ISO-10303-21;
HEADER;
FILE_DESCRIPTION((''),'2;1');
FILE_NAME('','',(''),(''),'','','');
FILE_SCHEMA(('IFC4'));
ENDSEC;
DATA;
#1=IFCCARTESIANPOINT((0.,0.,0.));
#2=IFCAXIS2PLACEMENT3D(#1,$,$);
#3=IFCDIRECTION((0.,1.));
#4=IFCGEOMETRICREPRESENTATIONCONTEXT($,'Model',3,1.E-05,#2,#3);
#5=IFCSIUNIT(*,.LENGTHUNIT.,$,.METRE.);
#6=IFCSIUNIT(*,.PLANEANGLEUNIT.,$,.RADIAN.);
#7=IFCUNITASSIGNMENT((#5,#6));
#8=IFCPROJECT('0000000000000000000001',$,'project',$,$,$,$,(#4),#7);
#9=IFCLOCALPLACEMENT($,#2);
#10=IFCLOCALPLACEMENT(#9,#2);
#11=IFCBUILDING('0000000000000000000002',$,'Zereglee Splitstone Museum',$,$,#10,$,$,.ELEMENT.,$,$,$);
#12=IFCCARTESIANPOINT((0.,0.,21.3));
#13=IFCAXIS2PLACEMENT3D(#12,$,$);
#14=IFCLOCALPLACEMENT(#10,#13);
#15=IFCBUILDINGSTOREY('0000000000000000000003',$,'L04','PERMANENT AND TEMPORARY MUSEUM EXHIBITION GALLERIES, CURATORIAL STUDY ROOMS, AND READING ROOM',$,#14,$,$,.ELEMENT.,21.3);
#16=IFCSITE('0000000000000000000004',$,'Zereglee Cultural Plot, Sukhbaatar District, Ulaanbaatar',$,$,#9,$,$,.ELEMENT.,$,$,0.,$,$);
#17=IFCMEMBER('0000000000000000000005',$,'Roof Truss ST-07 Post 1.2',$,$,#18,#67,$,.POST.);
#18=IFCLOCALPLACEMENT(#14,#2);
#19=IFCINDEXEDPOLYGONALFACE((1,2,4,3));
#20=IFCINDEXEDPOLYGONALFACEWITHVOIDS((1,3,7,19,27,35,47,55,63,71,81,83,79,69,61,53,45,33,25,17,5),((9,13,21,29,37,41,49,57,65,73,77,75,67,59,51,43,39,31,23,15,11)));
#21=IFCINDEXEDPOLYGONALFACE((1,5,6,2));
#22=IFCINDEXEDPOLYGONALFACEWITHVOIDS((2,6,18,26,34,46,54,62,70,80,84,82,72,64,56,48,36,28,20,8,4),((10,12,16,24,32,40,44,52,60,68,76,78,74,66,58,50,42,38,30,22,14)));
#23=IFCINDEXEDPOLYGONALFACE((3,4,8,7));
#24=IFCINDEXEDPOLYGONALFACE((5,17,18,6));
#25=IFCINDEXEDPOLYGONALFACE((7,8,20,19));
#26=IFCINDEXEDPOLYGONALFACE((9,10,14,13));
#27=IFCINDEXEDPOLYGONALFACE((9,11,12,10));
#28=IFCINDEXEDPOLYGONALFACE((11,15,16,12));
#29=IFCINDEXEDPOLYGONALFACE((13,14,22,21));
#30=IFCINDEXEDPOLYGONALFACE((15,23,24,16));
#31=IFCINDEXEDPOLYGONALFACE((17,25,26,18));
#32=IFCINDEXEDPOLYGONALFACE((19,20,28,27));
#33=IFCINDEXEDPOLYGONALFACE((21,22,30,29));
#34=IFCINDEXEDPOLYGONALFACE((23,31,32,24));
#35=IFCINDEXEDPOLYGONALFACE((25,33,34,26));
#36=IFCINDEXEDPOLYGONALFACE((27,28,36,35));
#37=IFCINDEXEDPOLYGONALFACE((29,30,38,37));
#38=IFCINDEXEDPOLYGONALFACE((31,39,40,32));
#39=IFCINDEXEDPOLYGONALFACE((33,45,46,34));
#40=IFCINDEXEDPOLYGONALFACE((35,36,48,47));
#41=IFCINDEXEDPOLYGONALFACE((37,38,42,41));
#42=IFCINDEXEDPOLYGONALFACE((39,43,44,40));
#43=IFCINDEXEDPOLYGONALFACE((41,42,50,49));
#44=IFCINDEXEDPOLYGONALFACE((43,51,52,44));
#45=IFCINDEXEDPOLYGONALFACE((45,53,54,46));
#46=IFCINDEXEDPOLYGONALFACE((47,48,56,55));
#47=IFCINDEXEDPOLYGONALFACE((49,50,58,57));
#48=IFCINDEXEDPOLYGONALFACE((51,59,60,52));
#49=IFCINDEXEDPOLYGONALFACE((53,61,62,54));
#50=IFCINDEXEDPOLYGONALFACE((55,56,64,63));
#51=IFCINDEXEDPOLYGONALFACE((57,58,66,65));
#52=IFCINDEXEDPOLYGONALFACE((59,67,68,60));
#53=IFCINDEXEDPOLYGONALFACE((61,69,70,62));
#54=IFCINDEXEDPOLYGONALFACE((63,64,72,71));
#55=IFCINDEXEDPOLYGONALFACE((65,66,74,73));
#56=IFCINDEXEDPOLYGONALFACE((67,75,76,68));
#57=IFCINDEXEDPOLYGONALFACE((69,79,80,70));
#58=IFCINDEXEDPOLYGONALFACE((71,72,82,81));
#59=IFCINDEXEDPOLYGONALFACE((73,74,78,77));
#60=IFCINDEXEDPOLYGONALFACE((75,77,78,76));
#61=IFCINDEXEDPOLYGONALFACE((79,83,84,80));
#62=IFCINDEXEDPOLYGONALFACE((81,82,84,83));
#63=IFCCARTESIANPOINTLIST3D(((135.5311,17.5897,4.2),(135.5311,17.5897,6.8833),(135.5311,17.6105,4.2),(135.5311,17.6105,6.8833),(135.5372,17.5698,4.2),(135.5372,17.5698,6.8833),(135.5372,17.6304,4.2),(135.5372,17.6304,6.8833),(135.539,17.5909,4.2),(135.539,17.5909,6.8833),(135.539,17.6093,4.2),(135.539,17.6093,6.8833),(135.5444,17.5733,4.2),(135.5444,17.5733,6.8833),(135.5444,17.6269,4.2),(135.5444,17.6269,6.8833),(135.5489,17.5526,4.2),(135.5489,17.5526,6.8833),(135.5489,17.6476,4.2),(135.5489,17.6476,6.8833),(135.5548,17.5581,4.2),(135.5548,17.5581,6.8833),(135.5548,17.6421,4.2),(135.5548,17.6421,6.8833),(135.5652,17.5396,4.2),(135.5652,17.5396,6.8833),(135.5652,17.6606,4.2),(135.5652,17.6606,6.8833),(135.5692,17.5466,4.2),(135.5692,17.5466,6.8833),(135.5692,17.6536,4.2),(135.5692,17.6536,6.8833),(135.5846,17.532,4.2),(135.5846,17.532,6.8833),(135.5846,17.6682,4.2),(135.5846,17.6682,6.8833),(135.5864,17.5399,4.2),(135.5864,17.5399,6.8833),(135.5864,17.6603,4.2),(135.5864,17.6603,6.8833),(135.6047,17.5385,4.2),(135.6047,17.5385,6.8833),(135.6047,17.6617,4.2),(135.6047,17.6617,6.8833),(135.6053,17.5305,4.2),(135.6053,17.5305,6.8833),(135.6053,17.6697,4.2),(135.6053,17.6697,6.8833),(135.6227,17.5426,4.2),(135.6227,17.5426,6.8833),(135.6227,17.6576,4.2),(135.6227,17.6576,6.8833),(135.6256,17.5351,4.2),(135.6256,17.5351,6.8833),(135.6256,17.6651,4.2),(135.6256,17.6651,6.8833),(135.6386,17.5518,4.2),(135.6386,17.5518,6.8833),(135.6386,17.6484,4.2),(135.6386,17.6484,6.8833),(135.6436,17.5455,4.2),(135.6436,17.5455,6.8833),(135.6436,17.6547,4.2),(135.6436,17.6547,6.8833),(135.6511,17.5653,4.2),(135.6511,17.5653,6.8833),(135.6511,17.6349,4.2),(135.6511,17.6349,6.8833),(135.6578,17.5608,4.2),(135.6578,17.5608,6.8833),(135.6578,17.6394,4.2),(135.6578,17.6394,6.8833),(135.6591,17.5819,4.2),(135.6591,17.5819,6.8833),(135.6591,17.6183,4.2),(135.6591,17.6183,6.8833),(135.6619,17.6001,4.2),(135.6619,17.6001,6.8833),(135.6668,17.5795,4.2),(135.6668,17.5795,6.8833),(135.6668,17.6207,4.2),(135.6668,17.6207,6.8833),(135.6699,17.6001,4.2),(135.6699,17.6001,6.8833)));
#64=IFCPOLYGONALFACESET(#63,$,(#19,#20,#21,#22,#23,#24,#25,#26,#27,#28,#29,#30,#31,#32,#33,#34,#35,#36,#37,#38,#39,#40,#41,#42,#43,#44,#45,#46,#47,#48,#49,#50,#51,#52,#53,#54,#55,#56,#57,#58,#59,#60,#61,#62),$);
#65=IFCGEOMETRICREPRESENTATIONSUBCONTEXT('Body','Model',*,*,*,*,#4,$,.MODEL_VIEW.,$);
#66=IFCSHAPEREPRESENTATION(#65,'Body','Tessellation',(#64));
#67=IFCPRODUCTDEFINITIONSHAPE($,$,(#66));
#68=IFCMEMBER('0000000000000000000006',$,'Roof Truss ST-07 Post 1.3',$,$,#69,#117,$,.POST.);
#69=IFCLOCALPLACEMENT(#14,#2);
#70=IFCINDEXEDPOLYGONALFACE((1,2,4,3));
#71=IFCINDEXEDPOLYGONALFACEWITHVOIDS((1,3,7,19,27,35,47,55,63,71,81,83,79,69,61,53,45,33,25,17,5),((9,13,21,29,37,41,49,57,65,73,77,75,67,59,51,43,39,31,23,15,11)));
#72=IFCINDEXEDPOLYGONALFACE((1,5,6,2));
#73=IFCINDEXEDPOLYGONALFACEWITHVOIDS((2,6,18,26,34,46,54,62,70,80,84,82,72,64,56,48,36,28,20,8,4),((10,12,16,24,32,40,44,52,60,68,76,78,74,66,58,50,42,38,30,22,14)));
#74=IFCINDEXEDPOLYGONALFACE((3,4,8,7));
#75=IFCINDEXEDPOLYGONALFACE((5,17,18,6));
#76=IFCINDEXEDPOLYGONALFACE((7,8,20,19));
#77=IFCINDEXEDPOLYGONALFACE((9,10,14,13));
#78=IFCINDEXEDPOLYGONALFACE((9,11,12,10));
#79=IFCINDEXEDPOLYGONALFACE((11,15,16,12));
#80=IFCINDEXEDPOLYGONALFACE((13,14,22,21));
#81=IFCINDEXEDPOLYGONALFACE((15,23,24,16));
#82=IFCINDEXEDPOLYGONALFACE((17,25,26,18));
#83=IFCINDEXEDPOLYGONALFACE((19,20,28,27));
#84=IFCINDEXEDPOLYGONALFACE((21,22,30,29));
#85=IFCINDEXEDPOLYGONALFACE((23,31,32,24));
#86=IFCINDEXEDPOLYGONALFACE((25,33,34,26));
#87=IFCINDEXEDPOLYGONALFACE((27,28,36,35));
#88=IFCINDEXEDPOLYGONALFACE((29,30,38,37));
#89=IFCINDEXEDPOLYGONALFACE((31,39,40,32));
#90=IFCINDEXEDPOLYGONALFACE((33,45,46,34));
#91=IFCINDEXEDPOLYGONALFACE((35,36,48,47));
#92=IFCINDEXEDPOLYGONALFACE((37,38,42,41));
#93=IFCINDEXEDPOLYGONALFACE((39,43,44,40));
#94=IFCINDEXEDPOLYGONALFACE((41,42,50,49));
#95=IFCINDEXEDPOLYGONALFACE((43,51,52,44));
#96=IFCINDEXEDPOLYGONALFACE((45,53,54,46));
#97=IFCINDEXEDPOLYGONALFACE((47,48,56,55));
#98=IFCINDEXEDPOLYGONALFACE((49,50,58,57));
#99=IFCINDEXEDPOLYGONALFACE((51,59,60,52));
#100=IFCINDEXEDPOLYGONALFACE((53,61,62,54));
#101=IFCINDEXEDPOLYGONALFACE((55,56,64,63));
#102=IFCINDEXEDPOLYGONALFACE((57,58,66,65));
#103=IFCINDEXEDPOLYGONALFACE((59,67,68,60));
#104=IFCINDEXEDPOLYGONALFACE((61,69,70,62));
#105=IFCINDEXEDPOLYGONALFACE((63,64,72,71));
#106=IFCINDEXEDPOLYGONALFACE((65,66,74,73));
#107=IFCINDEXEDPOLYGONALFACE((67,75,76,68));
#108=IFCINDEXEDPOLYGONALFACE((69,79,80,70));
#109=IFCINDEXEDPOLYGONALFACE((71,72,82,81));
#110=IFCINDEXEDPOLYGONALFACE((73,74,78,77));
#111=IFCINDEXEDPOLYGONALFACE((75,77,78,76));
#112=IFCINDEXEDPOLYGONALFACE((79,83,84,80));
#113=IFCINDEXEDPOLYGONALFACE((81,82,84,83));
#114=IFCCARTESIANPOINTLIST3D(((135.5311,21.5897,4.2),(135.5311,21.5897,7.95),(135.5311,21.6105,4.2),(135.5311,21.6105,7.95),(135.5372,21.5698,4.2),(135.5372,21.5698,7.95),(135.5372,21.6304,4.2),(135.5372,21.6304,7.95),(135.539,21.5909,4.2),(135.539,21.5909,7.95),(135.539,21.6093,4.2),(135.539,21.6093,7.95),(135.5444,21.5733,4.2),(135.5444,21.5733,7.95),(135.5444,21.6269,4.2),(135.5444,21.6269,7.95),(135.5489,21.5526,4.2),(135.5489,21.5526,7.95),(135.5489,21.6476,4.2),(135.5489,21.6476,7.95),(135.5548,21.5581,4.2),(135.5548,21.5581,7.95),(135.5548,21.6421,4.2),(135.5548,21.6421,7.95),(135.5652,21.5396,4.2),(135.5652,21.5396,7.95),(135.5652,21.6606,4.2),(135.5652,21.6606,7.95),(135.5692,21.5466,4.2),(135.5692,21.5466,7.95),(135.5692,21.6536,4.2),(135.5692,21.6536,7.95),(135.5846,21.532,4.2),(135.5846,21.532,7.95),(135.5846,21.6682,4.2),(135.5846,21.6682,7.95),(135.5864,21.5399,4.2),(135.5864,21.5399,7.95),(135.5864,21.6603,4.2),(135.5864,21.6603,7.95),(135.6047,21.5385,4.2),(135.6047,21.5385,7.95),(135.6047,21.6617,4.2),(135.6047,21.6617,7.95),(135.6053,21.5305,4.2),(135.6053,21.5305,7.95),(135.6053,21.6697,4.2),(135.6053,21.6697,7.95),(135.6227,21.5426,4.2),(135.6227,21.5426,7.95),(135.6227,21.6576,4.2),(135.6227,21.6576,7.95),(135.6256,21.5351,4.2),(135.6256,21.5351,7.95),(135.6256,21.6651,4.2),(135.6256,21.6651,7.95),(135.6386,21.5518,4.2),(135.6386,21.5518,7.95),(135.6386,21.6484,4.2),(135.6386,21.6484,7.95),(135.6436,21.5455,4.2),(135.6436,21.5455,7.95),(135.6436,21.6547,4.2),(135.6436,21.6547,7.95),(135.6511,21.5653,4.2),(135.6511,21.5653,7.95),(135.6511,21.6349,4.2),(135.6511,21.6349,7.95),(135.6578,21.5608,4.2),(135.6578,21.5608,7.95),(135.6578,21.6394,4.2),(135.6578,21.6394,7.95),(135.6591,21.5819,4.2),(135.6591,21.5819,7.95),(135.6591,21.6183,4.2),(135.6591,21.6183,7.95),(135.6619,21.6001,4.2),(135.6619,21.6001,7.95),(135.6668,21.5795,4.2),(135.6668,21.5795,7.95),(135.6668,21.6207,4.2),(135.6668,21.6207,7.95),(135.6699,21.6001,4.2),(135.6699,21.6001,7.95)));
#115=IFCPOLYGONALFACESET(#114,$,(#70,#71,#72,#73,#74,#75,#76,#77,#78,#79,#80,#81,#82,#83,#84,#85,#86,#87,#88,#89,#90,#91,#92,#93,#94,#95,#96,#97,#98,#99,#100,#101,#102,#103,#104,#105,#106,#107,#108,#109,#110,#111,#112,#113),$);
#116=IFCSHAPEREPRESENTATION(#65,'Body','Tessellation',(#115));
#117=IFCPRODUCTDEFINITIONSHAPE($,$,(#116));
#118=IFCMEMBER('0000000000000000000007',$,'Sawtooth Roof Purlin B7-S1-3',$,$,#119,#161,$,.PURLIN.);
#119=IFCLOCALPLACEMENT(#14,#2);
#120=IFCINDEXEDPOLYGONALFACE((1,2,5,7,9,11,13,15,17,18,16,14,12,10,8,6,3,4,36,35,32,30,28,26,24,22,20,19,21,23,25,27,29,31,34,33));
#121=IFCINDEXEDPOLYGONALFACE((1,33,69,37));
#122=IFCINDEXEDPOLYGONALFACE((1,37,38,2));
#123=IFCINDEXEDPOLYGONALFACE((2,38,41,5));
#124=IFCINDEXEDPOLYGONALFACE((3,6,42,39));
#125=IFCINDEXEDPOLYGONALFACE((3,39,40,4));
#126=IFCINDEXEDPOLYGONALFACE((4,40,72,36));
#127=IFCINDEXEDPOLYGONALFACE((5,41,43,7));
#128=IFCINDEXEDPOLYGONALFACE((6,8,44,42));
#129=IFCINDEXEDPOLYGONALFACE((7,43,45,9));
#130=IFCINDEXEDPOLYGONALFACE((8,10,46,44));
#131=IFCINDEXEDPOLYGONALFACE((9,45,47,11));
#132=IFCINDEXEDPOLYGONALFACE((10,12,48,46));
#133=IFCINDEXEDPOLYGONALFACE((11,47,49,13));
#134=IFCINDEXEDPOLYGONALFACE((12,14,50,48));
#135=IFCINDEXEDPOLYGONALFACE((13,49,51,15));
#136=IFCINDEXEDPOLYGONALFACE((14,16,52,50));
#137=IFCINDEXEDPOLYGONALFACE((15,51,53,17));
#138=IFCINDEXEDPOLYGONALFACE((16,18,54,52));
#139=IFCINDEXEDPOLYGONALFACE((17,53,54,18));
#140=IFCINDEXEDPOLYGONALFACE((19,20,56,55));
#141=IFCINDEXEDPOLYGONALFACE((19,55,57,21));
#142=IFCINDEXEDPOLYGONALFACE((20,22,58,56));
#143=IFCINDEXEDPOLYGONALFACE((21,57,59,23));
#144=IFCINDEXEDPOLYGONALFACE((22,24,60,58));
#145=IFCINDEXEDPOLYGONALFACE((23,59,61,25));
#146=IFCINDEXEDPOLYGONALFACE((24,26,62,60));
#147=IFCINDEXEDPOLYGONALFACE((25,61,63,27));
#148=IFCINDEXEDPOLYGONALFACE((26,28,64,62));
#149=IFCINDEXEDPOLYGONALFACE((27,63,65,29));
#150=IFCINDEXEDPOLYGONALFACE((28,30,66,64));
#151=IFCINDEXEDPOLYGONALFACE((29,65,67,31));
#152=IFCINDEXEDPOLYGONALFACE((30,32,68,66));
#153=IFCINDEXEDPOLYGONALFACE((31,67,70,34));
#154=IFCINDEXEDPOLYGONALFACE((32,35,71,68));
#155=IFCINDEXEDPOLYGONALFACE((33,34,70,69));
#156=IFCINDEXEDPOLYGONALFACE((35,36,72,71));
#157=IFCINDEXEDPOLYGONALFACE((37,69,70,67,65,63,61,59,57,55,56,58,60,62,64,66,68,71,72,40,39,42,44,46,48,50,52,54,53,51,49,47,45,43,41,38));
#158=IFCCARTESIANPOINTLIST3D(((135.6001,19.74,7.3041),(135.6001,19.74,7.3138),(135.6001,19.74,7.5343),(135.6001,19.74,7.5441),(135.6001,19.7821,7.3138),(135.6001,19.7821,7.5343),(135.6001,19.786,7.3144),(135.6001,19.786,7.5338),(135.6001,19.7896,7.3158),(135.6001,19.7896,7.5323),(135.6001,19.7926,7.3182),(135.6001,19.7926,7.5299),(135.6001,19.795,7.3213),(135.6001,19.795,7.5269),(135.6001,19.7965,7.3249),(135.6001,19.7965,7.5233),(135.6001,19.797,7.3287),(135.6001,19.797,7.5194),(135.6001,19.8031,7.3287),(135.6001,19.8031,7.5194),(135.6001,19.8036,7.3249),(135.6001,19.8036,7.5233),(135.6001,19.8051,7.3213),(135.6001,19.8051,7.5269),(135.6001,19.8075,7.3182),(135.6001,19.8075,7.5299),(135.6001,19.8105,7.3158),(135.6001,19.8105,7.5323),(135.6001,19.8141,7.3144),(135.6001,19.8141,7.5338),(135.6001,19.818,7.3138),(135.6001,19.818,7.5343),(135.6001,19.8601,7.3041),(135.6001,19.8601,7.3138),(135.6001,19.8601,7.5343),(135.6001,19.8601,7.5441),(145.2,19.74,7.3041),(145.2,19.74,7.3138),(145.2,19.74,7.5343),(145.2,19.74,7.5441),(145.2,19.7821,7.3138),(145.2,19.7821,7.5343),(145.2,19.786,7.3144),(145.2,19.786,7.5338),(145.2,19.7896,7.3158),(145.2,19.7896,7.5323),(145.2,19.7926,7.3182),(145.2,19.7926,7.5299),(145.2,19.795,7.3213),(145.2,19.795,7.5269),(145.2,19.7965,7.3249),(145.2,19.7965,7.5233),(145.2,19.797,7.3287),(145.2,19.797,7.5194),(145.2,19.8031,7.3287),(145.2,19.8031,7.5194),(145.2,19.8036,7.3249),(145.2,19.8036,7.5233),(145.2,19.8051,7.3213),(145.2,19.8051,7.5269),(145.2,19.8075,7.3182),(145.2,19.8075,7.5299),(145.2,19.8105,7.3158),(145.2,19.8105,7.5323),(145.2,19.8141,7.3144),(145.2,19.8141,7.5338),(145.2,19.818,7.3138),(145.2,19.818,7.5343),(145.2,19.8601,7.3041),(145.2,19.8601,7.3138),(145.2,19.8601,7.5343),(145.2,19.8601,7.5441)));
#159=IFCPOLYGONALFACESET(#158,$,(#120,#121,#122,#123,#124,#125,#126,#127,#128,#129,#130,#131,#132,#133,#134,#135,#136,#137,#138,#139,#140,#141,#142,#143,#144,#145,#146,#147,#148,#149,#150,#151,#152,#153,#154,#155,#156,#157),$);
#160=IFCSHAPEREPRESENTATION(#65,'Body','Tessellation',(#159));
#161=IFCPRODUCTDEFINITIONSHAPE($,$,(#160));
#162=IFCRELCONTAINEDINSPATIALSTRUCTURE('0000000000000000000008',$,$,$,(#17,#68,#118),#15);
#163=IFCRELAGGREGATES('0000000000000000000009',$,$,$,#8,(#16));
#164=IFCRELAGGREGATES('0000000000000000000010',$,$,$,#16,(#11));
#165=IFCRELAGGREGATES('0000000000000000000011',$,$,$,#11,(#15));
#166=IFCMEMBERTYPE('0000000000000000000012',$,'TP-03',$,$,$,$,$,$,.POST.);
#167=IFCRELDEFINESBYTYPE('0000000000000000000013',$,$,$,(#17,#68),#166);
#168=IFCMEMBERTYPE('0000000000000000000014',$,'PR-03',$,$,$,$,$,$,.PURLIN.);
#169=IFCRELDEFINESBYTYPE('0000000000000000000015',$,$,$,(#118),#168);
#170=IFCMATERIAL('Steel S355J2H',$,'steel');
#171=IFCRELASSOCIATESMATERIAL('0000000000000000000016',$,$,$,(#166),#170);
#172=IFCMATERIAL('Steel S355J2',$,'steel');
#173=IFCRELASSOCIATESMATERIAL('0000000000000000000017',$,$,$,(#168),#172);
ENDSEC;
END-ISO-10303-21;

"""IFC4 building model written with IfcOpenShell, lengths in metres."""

from ifc_helpers import new_model, si_unit, direction, frame, origin, origin_2d, place, context, subcontext, project, spatial, hollow_circle, i_section, extrude, material, material_profile, profile_set, type_object, element, save


model = new_model("IFC4")

# Units and contexts
model_context = context("Model", 3, precision=1e-05, world=origin(), true_north=direction((0.0, 1.0)))
body_context = subcontext(model_context, "Body", "Model", "MODEL_VIEW")
ifc_project = project(units=[si_unit("LENGTHUNIT", "METRE"), si_unit("PLANEANGLEUNIT", "RADIAN")], contexts=[model_context])

# Site, building, storey
site_placement = place(None, origin())
site = spatial("IfcSite", under=ifc_project, at=site_placement, Name="Zereglee Cultural Plot, Sukhbaatar District, Ulaanbaatar", CompositionType="ELEMENT", RefElevation=0.0)
building_placement = place(site_placement, origin())
building = spatial("IfcBuilding", under=site, at=building_placement, Name="Zereglee Splitstone Museum", CompositionType="ELEMENT")
storey_placement = place(building_placement, frame((0.0, 0.0, 21.3)))
storey = spatial("IfcBuildingStorey", under=building, at=storey_placement, Name="L04", Description="PERMANENT AND TEMPORARY MUSEUM EXHIBITION GALLERIES, CURATORIAL STUDY ROOMS, AND READING ROOM", CompositionType="ELEMENT", Elevation=21.3)

# Shared definitions
ifc_material_1 = material(Name="Steel S355J2H", Category="steel")
ifc_material_2 = material(Name="Steel S355J2", Category="steel")

# Members
ifc_material_profile_1 = material_profile(ifc_material_1, hollow_circle(Radius=0.0698, WallThickness=0.0081, at=origin_2d()), Name="CHS 139.7x8")
ifc_profile_set_1 = profile_set([ifc_material_profile_1], Name="Steel S355J2H")
member_type_1 = type_object("IfcMemberType", Name="TP-03", PredefinedType="POST", material=ifc_profile_set_1)
member_1_placement = place(storey_placement, frame((135.6001, 17.6001, 4.2), z_axis=(0.0, 0.0, 1.0), x_axis=(1.0, 0.0, 0.0)))
element("IfcMember", 1, at=member_1_placement, inside=storey, type_object=member_type_1, Name="Roof Truss ST-07 Post 1.2", PredefinedType="POST", context=body_context, shape_type="SweptSolid", body=[
    extrude(hollow_circle(Radius=0.0698, WallThickness=0.0081, at=origin_2d()), origin(), (0.0, 0.0, 1.0), 2.6833),
])
member_2_placement = place(storey_placement, frame((135.6001, 21.6001, 4.2), z_axis=(0.0, 0.0, 1.0), x_axis=(1.0, 0.0, 0.0)))
element("IfcMember", 2, at=member_2_placement, inside=storey, type_object=member_type_1, Name="Roof Truss ST-07 Post 1.3", PredefinedType="POST", context=body_context, shape_type="SweptSolid", body=[
    extrude(hollow_circle(Radius=0.0698, WallThickness=0.0081, at=origin_2d()), origin(), (0.0, 0.0, 1.0), 3.75),
])
ifc_material_profile_2 = material_profile(ifc_material_2, i_section(OverallWidth=0.1201, OverallDepth=0.24, WebThickness=0.0061, FlangeThickness=0.0098, FilletRadius=0.0149, at=origin_2d()), Name="IPE 240")
ifc_profile_set_2 = profile_set([ifc_material_profile_2], Name="Steel S355J2")
member_type_2 = type_object("IfcMemberType", Name="PR-03", PredefinedType="PURLIN", material=ifc_profile_set_2)
member_3_placement = place(storey_placement, frame((135.6001, 19.8, 7.4241), z_axis=(1.0, 0.0, 0.0), x_axis=(0.0, 1.0, 0.0)))
element("IfcMember", 3, at=member_3_placement, inside=storey, type_object=member_type_2, Name="Sawtooth Roof Purlin B7-S1-3", PredefinedType="PURLIN", context=body_context, shape_type="SweptSolid", body=[
    extrude(i_section(OverallWidth=0.1201, OverallDepth=0.24, WebThickness=0.0061, FlangeThickness=0.0098, FilletRadius=0.0149, at=origin_2d()), origin(), (0.0, 0.0, 1.0), 9.5999),
])

save(model, "model.ifc")
